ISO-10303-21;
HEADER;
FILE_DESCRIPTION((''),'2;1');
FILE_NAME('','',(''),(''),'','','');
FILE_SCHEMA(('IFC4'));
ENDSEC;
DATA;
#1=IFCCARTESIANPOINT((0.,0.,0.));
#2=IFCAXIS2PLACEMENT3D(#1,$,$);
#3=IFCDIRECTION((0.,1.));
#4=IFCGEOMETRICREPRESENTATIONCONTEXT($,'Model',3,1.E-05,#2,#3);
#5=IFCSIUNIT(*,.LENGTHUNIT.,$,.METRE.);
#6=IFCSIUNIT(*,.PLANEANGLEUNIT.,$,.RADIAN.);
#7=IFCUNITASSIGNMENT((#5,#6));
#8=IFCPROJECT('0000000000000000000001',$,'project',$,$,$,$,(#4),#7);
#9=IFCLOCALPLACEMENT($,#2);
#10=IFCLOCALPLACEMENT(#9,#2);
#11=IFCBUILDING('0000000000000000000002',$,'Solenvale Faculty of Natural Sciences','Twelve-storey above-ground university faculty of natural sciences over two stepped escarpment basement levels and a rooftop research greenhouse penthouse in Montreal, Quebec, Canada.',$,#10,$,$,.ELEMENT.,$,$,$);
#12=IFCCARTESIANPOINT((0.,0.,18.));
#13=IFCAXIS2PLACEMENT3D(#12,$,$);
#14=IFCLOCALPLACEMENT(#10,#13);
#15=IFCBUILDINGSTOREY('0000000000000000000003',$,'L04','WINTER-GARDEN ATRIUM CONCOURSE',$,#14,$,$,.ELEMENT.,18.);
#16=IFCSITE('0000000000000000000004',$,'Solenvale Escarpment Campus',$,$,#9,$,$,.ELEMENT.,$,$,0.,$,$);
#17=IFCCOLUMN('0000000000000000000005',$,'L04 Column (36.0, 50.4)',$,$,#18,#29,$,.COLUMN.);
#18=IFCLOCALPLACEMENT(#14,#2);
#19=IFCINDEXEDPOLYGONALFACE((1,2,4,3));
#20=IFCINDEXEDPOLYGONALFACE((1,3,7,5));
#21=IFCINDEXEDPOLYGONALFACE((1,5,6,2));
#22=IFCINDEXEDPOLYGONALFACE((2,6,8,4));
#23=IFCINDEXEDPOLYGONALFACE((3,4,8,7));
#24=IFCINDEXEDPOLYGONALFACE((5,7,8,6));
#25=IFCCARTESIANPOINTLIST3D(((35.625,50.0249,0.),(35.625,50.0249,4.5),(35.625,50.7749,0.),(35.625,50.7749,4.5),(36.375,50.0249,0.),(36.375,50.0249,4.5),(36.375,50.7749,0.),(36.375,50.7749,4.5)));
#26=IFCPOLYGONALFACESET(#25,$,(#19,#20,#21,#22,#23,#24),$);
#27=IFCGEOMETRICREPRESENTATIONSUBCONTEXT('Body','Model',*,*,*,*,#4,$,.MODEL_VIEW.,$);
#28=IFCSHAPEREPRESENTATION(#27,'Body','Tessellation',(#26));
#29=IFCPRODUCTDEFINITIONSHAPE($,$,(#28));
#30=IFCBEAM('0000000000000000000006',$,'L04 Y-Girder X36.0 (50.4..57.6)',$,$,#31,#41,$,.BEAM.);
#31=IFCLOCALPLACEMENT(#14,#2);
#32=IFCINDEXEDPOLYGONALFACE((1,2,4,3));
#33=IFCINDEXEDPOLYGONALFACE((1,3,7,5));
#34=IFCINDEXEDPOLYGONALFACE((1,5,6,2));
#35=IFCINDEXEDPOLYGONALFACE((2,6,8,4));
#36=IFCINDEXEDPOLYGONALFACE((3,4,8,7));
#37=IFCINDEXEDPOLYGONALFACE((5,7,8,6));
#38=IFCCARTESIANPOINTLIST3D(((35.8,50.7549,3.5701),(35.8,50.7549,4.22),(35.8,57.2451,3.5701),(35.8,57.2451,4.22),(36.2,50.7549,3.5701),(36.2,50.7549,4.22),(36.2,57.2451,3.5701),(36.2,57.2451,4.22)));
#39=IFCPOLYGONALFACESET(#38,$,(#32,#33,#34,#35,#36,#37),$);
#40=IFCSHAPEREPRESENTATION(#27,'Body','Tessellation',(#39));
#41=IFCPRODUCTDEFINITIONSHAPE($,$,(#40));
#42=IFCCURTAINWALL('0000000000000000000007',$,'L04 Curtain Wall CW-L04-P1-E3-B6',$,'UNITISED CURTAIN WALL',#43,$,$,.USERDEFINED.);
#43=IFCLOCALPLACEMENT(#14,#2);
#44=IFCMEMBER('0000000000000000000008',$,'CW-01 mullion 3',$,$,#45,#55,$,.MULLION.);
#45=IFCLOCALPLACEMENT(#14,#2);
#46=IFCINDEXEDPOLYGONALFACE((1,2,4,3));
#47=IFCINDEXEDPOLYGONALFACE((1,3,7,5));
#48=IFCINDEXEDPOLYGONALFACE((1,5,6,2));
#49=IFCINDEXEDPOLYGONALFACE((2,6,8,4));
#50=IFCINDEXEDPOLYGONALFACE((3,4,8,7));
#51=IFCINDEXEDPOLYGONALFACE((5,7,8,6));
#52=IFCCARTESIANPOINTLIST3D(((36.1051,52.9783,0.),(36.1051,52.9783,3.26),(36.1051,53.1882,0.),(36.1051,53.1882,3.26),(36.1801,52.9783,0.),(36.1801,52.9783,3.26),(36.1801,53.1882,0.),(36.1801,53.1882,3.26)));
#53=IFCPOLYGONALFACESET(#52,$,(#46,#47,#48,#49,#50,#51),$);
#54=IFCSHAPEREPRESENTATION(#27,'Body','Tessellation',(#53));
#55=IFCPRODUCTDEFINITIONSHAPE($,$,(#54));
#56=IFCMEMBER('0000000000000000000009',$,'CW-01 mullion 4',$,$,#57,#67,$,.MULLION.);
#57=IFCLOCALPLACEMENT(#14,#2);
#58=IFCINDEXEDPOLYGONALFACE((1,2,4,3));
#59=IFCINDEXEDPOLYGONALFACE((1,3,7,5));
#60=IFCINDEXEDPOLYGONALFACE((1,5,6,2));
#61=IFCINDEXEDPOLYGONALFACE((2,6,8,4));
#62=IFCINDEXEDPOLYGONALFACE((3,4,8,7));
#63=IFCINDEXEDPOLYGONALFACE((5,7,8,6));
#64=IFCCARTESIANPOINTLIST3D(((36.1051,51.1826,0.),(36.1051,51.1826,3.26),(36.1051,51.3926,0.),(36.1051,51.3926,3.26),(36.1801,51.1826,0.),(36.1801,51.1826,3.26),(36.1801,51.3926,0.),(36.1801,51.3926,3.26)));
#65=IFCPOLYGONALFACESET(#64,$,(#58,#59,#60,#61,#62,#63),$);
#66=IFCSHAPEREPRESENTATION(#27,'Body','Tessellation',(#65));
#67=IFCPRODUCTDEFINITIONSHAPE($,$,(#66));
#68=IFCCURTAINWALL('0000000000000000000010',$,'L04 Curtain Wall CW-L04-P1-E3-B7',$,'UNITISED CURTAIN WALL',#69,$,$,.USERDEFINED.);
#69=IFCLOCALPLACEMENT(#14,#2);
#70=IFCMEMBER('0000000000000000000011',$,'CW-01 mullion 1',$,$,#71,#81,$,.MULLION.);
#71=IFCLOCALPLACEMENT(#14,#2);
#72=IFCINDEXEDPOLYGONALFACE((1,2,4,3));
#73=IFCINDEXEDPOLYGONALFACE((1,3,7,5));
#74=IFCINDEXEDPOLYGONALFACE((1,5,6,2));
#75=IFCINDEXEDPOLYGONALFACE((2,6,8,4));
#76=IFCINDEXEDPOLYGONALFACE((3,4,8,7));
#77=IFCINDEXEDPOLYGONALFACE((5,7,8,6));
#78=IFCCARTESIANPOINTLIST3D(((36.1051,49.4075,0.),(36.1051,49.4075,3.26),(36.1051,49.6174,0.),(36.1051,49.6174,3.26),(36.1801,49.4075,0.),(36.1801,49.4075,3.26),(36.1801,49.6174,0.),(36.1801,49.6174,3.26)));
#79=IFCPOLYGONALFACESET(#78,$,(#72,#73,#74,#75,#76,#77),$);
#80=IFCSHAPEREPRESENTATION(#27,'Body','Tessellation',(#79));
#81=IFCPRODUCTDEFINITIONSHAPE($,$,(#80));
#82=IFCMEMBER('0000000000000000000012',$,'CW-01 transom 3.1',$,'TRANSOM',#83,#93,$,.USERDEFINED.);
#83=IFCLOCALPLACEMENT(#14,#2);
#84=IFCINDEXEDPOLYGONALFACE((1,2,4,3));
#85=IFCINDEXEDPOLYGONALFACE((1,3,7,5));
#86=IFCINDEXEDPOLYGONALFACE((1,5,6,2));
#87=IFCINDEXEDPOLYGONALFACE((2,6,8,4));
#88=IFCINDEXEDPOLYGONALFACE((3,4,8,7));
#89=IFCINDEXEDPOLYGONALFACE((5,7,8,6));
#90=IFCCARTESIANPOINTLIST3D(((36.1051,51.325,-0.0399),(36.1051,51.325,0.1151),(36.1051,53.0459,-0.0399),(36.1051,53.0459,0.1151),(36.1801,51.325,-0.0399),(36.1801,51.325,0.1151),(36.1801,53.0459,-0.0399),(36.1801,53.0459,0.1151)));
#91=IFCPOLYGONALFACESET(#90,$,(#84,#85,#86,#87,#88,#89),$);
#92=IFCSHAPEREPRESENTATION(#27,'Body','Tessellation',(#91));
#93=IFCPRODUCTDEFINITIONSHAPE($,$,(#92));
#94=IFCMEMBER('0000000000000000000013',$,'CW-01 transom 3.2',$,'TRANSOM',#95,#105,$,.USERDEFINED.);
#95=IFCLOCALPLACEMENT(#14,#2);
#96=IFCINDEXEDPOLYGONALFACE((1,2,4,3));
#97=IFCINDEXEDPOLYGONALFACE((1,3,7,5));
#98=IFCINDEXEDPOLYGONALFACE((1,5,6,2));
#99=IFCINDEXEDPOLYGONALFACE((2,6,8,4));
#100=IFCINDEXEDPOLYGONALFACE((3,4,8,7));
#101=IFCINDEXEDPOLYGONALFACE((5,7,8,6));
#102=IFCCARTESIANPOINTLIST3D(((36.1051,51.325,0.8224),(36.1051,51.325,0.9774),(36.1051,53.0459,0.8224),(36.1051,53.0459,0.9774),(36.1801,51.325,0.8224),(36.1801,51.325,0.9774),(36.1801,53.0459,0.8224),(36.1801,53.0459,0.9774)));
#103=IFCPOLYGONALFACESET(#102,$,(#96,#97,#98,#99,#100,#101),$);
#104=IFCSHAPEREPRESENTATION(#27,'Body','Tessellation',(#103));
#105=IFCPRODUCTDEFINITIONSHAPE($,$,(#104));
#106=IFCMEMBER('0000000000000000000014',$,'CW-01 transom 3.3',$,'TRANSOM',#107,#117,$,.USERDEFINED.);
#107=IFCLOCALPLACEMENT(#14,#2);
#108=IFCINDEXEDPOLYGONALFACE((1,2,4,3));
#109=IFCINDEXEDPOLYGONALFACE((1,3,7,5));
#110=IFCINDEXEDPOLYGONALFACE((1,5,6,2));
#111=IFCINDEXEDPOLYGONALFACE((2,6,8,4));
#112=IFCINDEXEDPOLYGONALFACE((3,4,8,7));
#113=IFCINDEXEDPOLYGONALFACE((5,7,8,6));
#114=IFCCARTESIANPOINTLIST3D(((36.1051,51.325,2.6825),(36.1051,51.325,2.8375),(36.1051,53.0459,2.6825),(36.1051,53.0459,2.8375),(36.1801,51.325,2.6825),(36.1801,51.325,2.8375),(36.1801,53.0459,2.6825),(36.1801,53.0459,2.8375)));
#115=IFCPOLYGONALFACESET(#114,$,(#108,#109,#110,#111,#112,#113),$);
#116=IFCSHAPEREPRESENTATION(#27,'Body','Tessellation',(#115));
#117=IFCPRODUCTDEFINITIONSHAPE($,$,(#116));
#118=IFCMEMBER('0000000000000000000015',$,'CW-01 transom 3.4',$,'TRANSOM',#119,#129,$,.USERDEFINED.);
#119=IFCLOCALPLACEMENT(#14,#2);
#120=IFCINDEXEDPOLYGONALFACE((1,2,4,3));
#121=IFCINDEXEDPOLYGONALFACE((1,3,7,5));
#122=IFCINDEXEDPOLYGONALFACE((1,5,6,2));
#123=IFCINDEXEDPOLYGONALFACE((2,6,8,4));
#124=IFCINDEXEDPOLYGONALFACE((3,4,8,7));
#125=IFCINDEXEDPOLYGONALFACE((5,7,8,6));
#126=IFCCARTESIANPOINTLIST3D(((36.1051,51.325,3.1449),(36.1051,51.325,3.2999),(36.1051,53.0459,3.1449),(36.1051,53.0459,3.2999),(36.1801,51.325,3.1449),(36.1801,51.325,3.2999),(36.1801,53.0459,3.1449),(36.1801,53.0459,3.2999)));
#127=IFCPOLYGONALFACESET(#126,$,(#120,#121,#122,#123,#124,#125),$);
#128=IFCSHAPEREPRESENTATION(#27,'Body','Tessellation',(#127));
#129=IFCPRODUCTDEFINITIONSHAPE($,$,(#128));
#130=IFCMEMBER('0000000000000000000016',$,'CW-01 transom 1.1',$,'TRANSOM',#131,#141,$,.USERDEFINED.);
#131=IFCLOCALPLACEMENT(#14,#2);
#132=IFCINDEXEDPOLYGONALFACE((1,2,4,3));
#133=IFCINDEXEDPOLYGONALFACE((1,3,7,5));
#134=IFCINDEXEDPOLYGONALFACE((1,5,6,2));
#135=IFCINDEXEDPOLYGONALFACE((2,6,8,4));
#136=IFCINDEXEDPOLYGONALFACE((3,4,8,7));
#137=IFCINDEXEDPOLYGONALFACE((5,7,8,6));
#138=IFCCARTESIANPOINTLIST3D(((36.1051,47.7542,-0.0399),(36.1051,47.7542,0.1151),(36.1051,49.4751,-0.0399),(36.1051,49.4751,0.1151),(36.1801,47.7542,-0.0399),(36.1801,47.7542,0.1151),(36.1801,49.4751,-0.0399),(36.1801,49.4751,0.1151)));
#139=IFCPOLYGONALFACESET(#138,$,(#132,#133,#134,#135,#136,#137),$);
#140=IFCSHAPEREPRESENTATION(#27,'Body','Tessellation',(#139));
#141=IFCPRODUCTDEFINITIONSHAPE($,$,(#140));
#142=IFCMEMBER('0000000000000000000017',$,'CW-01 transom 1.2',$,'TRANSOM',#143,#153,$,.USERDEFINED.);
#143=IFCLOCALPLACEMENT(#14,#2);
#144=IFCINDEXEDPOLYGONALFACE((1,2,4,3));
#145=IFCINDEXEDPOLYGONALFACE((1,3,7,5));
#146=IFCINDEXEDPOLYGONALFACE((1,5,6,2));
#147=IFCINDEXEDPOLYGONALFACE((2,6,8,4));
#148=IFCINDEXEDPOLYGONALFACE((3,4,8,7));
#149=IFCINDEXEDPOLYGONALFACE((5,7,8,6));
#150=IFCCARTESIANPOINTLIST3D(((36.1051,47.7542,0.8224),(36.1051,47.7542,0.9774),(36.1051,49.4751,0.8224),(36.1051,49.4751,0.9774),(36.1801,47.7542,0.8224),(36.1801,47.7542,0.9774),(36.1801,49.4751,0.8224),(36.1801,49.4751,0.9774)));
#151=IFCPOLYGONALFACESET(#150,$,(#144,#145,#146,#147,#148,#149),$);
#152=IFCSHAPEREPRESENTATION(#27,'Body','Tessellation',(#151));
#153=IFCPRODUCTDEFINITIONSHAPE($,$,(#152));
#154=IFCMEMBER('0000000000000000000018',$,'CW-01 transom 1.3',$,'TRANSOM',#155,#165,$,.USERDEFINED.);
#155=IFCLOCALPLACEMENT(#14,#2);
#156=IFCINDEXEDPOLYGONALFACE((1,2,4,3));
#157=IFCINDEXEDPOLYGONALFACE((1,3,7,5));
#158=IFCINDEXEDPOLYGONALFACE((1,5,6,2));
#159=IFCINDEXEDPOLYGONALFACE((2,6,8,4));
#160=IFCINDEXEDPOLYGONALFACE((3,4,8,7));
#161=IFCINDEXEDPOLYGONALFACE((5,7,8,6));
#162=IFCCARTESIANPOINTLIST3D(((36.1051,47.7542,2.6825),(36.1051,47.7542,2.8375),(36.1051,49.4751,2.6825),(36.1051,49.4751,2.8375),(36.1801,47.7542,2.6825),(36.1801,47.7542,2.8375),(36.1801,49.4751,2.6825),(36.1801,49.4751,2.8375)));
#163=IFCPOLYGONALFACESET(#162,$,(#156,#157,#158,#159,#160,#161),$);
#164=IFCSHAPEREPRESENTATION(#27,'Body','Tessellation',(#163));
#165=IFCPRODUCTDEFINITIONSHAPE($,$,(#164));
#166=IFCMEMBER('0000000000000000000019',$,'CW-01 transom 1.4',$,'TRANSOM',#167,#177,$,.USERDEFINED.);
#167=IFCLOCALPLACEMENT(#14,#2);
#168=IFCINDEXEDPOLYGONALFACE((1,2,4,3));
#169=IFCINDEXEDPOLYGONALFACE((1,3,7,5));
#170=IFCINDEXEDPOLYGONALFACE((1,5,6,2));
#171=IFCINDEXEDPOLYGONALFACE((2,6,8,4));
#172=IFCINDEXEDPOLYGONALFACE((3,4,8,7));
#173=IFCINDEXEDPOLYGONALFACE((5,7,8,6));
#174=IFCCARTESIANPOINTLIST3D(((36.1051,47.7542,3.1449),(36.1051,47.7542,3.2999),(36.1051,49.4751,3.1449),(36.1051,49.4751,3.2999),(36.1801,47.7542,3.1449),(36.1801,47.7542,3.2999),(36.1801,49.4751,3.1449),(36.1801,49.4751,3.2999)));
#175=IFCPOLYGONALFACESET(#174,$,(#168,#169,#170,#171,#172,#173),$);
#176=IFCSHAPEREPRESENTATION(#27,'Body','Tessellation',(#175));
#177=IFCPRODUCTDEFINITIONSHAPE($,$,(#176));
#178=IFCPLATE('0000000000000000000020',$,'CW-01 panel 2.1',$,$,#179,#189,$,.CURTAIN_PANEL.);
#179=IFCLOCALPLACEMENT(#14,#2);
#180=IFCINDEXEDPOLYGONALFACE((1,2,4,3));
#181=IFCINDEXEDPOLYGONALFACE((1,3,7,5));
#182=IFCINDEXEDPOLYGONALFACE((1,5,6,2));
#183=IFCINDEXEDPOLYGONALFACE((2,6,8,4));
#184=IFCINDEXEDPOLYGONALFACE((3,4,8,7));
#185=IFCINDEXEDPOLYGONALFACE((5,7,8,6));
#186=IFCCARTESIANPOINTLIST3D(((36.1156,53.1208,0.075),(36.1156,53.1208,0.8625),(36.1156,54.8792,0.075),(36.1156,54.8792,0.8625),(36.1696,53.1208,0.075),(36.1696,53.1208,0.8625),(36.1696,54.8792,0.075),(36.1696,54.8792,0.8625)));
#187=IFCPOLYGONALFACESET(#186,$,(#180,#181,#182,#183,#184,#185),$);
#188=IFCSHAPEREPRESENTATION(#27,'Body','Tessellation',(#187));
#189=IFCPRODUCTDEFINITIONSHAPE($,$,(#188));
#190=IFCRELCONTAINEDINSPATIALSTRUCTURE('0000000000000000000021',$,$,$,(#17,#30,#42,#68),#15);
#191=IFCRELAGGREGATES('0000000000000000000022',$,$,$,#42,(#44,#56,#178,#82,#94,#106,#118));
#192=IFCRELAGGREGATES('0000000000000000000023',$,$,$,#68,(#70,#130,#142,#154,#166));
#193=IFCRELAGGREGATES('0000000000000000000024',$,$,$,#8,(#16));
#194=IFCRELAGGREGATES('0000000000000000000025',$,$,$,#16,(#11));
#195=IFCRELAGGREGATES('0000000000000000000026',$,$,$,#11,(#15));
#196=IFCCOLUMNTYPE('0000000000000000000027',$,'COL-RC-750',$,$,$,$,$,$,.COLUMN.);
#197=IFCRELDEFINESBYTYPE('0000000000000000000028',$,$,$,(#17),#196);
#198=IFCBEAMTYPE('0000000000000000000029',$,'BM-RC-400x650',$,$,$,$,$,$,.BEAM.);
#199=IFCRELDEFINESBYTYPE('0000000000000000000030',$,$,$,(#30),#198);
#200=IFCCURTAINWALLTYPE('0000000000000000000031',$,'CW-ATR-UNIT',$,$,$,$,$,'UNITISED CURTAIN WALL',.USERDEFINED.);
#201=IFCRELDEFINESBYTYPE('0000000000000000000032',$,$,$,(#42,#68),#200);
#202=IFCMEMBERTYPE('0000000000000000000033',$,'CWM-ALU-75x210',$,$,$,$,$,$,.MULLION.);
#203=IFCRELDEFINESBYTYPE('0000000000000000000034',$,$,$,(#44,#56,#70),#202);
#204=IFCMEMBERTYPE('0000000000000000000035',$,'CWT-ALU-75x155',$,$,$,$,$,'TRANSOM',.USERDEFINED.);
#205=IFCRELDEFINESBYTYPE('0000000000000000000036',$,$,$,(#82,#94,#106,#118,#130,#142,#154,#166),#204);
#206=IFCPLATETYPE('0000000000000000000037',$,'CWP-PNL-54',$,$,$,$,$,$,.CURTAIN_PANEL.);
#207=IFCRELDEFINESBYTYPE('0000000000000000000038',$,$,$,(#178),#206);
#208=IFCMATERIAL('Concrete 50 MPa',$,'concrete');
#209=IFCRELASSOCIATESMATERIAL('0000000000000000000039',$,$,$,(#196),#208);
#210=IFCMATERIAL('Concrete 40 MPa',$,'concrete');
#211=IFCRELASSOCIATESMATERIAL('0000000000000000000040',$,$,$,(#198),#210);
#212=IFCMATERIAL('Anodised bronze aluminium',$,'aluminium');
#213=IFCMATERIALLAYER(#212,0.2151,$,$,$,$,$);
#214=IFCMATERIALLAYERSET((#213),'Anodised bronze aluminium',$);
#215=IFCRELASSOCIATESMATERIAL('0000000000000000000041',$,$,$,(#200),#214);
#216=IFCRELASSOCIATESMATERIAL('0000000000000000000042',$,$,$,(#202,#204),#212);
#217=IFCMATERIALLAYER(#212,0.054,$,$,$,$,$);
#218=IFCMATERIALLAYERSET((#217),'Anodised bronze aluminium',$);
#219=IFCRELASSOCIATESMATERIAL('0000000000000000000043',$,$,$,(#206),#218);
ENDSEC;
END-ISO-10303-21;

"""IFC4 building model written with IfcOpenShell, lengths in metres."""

from ifc_helpers import new_model, si_unit, direction, frame, origin, origin_2d, place, context, subcontext, project, spatial, rectangle, extrude, material, layer, layer_set, material_profile, profile_set, type_object, element, aggregate, save


model = new_model("IFC4")

# Units and contexts
model_context = context("Model", 3, precision=1e-05, world=origin(), true_north=direction((0.0, 1.0)))
body_context = subcontext(model_context, "Body", "Model", "MODEL_VIEW")
ifc_project = project(units=[si_unit("LENGTHUNIT", "METRE"), si_unit("PLANEANGLEUNIT", "RADIAN")], contexts=[model_context])

# Site, building, storey
site_placement = place(None, origin())
site = spatial("IfcSite", under=ifc_project, at=site_placement, Name="Solenvale Escarpment Campus", CompositionType="ELEMENT", RefElevation=0.0)
building_placement = place(site_placement, origin())
building = spatial("IfcBuilding", under=site, at=building_placement, Name="Solenvale Faculty of Natural Sciences", Description="Twelve-storey above-ground university faculty of natural sciences over two stepped escarpment basement levels and a rooftop research greenhouse penthouse in Montreal, Quebec, Canada.", CompositionType="ELEMENT")
storey_placement = place(building_placement, frame((0.0, 0.0, 18.0)))
storey = spatial("IfcBuildingStorey", under=building, at=storey_placement, Name="L04", Description="WINTER-GARDEN ATRIUM CONCOURSE", CompositionType="ELEMENT", Elevation=18.0)

# Column
ifc_material_1 = material(Name="Concrete 50 MPa", Category="concrete")
ifc_material_profile_1 = material_profile(ifc_material_1, rectangle(XDim=0.75, YDim=0.75, at=origin_2d()), Name="RC-COL-750x750")
ifc_profile_set_1 = profile_set([ifc_material_profile_1], Name="Concrete 50 MPa")
column_type = type_object("IfcColumnType", Name="COL-RC-750", PredefinedType="COLUMN", material=ifc_profile_set_1)
column_placement = place(storey_placement, frame((36.0, 50.3999, 0.0), z_axis=(0.0, 0.0, 1.0), x_axis=(1.0, 0.0, 0.0)))
element("IfcColumn", 1, at=column_placement, inside=storey, type_object=column_type, Name="L04 Column (36.0, 50.4)", PredefinedType="COLUMN", context=body_context, shape_type="SweptSolid", body=[
    extrude(rectangle(XDim=0.75, YDim=0.75, at=origin_2d()), origin(), (0.0, 0.0, 1.0), 4.5),
])

# Beam
ifc_material_2 = material(Name="Concrete 40 MPa", Category="concrete")
ifc_material_profile_2 = material_profile(ifc_material_2, rectangle(XDim=0.3999, YDim=0.6499, at=origin_2d()), Name="RC-BM-400x650")
ifc_profile_set_2 = profile_set([ifc_material_profile_2], Name="Concrete 40 MPa")
beam_type = type_object("IfcBeamType", Name="BM-RC-400x650", PredefinedType="BEAM", material=ifc_profile_set_2)
beam_placement = place(storey_placement, frame((36.0, 50.7549, 3.895), z_axis=(0.0, 1.0, 0.0), x_axis=(-1.0, 0.0, 0.0)))
element("IfcBeam", 2, at=beam_placement, inside=storey, type_object=beam_type, Name="L04 Y-Girder X36.0 (50.4..57.6)", PredefinedType="BEAM", context=body_context, shape_type="SweptSolid", body=[
    extrude(rectangle(XDim=0.3999, YDim=0.6499, at=origin_2d()), origin(), (0.0, 0.0, 1.0), 6.4902),
])

# Curtain wall, members
ifc_material_3 = material(Name="Anodised bronze aluminium", Category="aluminium")
ifc_layer_1 = layer(ifc_material_3, 0.2151)
ifc_layer_set_1 = layer_set([ifc_layer_1], Name="Anodised bronze aluminium")
curtain_wall_type = type_object("IfcCurtainWallType", Name="CW-ATR-UNIT", ElementType="UNITISED CURTAIN WALL", PredefinedType="USERDEFINED", material=ifc_layer_set_1)
curtain_wall_1_placement = place(storey_placement, origin())
curtain_wall_1 = element("IfcCurtainWall", 3, at=curtain_wall_1_placement, inside=storey, type_object=curtain_wall_type, Name="L04 Curtain Wall CW-L04-P1-E3-B6", ObjectType="UNITISED CURTAIN WALL", PredefinedType="USERDEFINED")
ifc_material_profile_3 = material_profile(ifc_material_3, rectangle(XDim=0.075, YDim=0.21, at=origin_2d()), Name="ALU-MUL-75x210")
ifc_profile_set_3 = profile_set([ifc_material_profile_3], Name="Anodised bronze aluminium")
member_type_1 = type_object("IfcMemberType", Name="CWM-ALU-75x210", PredefinedType="MULLION", material=ifc_profile_set_3)
member_1_placement = place(storey_placement, frame((36.1426, 53.0833, 0.0), z_axis=(0.0, 0.0, 1.0), x_axis=(1.0, 0.0, 0.0)))
member_1 = element("IfcMember", 4, at=member_1_placement, type_object=member_type_1, Name="CW-01 mullion 3", PredefinedType="MULLION", context=body_context, shape_type="SweptSolid", body=[
    extrude(rectangle(XDim=0.075, YDim=0.21, at=origin_2d()), origin(), (0.0, 0.0, 1.0), 3.26),
])
member_2_placement = place(storey_placement, frame((36.1426, 51.2876, 0.0), z_axis=(0.0, 0.0, 1.0), x_axis=(1.0, 0.0, 0.0)))
member_2 = element("IfcMember", 5, at=member_2_placement, type_object=member_type_1, Name="CW-01 mullion 4", PredefinedType="MULLION", context=body_context, shape_type="SweptSolid", body=[
    extrude(rectangle(XDim=0.075, YDim=0.21, at=origin_2d()), origin(), (0.0, 0.0, 1.0), 3.26),
])

# Curtain wall, member
curtain_wall_2_placement = place(storey_placement, origin())
curtain_wall_2 = element("IfcCurtainWall", 6, at=curtain_wall_2_placement, inside=storey, type_object=curtain_wall_type, Name="L04 Curtain Wall CW-L04-P1-E3-B7", ObjectType="UNITISED CURTAIN WALL", PredefinedType="USERDEFINED")
member_3_placement = place(storey_placement, frame((36.1426, 49.5125, 0.0), z_axis=(0.0, 0.0, 1.0), x_axis=(1.0, 0.0, 0.0)))
member_3 = element("IfcMember", 7, at=member_3_placement, type_object=member_type_1, Name="CW-01 mullion 1", PredefinedType="MULLION", context=body_context, shape_type="SweptSolid", body=[
    extrude(rectangle(XDim=0.075, YDim=0.21, at=origin_2d()), origin(), (0.0, 0.0, 1.0), 3.26),
])

# Members
ifc_material_profile_4 = material_profile(ifc_material_3, rectangle(XDim=0.075, YDim=0.155, at=origin_2d()), Name="ALU-TRN-75x155")
ifc_profile_set_4 = profile_set([ifc_material_profile_4], Name="Anodised bronze aluminium")
member_type_2 = type_object("IfcMemberType", Name="CWT-ALU-75x155", ElementType="TRANSOM", PredefinedType="USERDEFINED", material=ifc_profile_set_4)
member_4_placement = place(storey_placement, frame((36.1426, 53.0459, 0.0376), z_axis=(0.0, -1.0, 0.0), x_axis=(1.0, 0.0, 0.0)))
member_4 = element("IfcMember", 8, at=member_4_placement, type_object=member_type_2, Name="CW-01 transom 3.1", ObjectType="TRANSOM", PredefinedType="USERDEFINED", context=body_context, shape_type="SweptSolid", body=[
    extrude(rectangle(XDim=0.075, YDim=0.155, at=origin_2d()), origin(), (0.0, 0.0, 1.0), 1.7209),
])
member_5_placement = place(storey_placement, frame((36.1426, 53.0459, 0.8999), z_axis=(0.0, -1.0, 0.0), x_axis=(1.0, 0.0, 0.0)))
member_5 = element("IfcMember", 9, at=member_5_placement, type_object=member_type_2, Name="CW-01 transom 3.2", ObjectType="TRANSOM", PredefinedType="USERDEFINED", context=body_context, shape_type="SweptSolid", body=[
    extrude(rectangle(XDim=0.075, YDim=0.155, at=origin_2d()), origin(), (0.0, 0.0, 1.0), 1.7209),
])
member_6_placement = place(storey_placement, frame((36.1426, 53.0459, 2.76), z_axis=(0.0, -1.0, 0.0), x_axis=(1.0, 0.0, 0.0)))
member_6 = element("IfcMember", 10, at=member_6_placement, type_object=member_type_2, Name="CW-01 transom 3.3", ObjectType="TRANSOM", PredefinedType="USERDEFINED", context=body_context, shape_type="SweptSolid", body=[
    extrude(rectangle(XDim=0.075, YDim=0.155, at=origin_2d()), origin(), (0.0, 0.0, 1.0), 1.7209),
])
member_7_placement = place(storey_placement, frame((36.1426, 53.0459, 3.2224), z_axis=(0.0, -1.0, 0.0), x_axis=(1.0, 0.0, 0.0)))
member_7 = element("IfcMember", 11, at=member_7_placement, type_object=member_type_2, Name="CW-01 transom 3.4", ObjectType="TRANSOM", PredefinedType="USERDEFINED", context=body_context, shape_type="SweptSolid", body=[
    extrude(rectangle(XDim=0.075, YDim=0.155, at=origin_2d()), origin(), (0.0, 0.0, 1.0), 1.7209),
])
member_8_placement = place(storey_placement, frame((36.1426, 49.4751, 0.0376), z_axis=(0.0, -1.0, 0.0), x_axis=(1.0, 0.0, 0.0)))
member_8 = element("IfcMember", 12, at=member_8_placement, type_object=member_type_2, Name="CW-01 transom 1.1", ObjectType="TRANSOM", PredefinedType="USERDEFINED", context=body_context, shape_type="SweptSolid", body=[
    extrude(rectangle(XDim=0.075, YDim=0.155, at=origin_2d()), origin(), (0.0, 0.0, 1.0), 1.7209),
])
member_9_placement = place(storey_placement, frame((36.1426, 49.4751, 0.8999), z_axis=(0.0, -1.0, 0.0), x_axis=(1.0, 0.0, 0.0)))
member_9 = element("IfcMember", 13, at=member_9_placement, type_object=member_type_2, Name="CW-01 transom 1.2", ObjectType="TRANSOM", PredefinedType="USERDEFINED", context=body_context, shape_type="SweptSolid", body=[
    extrude(rectangle(XDim=0.075, YDim=0.155, at=origin_2d()), origin(), (0.0, 0.0, 1.0), 1.7209),
])
member_10_placement = place(storey_placement, frame((36.1426, 49.4751, 2.76), z_axis=(0.0, -1.0, 0.0), x_axis=(1.0, 0.0, 0.0)))
member_10 = element("IfcMember", 14, at=member_10_placement, type_object=member_type_2, Name="CW-01 transom 1.3", ObjectType="TRANSOM", PredefinedType="USERDEFINED", context=body_context, shape_type="SweptSolid", body=[
    extrude(rectangle(XDim=0.075, YDim=0.155, at=origin_2d()), origin(), (0.0, 0.0, 1.0), 1.7209),
])
member_11_placement = place(storey_placement, frame((36.1426, 49.4751, 3.2224), z_axis=(0.0, -1.0, 0.0), x_axis=(1.0, 0.0, 0.0)))
member_11 = element("IfcMember", 15, at=member_11_placement, type_object=member_type_2, Name="CW-01 transom 1.4", ObjectType="TRANSOM", PredefinedType="USERDEFINED", context=body_context, shape_type="SweptSolid", body=[
    extrude(rectangle(XDim=0.075, YDim=0.155, at=origin_2d()), origin(), (0.0, 0.0, 1.0), 1.7209),
])

# Plate
ifc_layer_2 = layer(ifc_material_3, 0.054)
ifc_layer_set_2 = layer_set([ifc_layer_2], Name="Anodised bronze aluminium")
plate_type_1 = type_object("IfcPlateType", Name="CWP-PNL-54", PredefinedType="CURTAIN_PANEL", material=ifc_layer_set_2)
plate_1_placement = place(storey_placement, frame((36.1426, 54.0, 0.075), z_axis=(0.0, 0.0, 1.0), x_axis=(0.0, -1.0, 0.0)))
plate_1 = element("IfcPlate", 16, at=plate_1_placement, type_object=plate_type_1, Name="CW-01 panel 2.1", PredefinedType="CURTAIN_PANEL", context=body_context, shape_type="SweptSolid", body=[
    extrude(rectangle(XDim=1.7583, YDim=0.054, at=origin_2d()), origin(), (0.0, 0.0, 1.0), 0.7876),
])
aggregate(curtain_wall_1, [member_1, member_2, plate_1, member_4, member_5, member_6, member_7])
aggregate(curtain_wall_2, [member_3, member_8, member_9, member_10, member_11])

save(model, "model.ifc")
